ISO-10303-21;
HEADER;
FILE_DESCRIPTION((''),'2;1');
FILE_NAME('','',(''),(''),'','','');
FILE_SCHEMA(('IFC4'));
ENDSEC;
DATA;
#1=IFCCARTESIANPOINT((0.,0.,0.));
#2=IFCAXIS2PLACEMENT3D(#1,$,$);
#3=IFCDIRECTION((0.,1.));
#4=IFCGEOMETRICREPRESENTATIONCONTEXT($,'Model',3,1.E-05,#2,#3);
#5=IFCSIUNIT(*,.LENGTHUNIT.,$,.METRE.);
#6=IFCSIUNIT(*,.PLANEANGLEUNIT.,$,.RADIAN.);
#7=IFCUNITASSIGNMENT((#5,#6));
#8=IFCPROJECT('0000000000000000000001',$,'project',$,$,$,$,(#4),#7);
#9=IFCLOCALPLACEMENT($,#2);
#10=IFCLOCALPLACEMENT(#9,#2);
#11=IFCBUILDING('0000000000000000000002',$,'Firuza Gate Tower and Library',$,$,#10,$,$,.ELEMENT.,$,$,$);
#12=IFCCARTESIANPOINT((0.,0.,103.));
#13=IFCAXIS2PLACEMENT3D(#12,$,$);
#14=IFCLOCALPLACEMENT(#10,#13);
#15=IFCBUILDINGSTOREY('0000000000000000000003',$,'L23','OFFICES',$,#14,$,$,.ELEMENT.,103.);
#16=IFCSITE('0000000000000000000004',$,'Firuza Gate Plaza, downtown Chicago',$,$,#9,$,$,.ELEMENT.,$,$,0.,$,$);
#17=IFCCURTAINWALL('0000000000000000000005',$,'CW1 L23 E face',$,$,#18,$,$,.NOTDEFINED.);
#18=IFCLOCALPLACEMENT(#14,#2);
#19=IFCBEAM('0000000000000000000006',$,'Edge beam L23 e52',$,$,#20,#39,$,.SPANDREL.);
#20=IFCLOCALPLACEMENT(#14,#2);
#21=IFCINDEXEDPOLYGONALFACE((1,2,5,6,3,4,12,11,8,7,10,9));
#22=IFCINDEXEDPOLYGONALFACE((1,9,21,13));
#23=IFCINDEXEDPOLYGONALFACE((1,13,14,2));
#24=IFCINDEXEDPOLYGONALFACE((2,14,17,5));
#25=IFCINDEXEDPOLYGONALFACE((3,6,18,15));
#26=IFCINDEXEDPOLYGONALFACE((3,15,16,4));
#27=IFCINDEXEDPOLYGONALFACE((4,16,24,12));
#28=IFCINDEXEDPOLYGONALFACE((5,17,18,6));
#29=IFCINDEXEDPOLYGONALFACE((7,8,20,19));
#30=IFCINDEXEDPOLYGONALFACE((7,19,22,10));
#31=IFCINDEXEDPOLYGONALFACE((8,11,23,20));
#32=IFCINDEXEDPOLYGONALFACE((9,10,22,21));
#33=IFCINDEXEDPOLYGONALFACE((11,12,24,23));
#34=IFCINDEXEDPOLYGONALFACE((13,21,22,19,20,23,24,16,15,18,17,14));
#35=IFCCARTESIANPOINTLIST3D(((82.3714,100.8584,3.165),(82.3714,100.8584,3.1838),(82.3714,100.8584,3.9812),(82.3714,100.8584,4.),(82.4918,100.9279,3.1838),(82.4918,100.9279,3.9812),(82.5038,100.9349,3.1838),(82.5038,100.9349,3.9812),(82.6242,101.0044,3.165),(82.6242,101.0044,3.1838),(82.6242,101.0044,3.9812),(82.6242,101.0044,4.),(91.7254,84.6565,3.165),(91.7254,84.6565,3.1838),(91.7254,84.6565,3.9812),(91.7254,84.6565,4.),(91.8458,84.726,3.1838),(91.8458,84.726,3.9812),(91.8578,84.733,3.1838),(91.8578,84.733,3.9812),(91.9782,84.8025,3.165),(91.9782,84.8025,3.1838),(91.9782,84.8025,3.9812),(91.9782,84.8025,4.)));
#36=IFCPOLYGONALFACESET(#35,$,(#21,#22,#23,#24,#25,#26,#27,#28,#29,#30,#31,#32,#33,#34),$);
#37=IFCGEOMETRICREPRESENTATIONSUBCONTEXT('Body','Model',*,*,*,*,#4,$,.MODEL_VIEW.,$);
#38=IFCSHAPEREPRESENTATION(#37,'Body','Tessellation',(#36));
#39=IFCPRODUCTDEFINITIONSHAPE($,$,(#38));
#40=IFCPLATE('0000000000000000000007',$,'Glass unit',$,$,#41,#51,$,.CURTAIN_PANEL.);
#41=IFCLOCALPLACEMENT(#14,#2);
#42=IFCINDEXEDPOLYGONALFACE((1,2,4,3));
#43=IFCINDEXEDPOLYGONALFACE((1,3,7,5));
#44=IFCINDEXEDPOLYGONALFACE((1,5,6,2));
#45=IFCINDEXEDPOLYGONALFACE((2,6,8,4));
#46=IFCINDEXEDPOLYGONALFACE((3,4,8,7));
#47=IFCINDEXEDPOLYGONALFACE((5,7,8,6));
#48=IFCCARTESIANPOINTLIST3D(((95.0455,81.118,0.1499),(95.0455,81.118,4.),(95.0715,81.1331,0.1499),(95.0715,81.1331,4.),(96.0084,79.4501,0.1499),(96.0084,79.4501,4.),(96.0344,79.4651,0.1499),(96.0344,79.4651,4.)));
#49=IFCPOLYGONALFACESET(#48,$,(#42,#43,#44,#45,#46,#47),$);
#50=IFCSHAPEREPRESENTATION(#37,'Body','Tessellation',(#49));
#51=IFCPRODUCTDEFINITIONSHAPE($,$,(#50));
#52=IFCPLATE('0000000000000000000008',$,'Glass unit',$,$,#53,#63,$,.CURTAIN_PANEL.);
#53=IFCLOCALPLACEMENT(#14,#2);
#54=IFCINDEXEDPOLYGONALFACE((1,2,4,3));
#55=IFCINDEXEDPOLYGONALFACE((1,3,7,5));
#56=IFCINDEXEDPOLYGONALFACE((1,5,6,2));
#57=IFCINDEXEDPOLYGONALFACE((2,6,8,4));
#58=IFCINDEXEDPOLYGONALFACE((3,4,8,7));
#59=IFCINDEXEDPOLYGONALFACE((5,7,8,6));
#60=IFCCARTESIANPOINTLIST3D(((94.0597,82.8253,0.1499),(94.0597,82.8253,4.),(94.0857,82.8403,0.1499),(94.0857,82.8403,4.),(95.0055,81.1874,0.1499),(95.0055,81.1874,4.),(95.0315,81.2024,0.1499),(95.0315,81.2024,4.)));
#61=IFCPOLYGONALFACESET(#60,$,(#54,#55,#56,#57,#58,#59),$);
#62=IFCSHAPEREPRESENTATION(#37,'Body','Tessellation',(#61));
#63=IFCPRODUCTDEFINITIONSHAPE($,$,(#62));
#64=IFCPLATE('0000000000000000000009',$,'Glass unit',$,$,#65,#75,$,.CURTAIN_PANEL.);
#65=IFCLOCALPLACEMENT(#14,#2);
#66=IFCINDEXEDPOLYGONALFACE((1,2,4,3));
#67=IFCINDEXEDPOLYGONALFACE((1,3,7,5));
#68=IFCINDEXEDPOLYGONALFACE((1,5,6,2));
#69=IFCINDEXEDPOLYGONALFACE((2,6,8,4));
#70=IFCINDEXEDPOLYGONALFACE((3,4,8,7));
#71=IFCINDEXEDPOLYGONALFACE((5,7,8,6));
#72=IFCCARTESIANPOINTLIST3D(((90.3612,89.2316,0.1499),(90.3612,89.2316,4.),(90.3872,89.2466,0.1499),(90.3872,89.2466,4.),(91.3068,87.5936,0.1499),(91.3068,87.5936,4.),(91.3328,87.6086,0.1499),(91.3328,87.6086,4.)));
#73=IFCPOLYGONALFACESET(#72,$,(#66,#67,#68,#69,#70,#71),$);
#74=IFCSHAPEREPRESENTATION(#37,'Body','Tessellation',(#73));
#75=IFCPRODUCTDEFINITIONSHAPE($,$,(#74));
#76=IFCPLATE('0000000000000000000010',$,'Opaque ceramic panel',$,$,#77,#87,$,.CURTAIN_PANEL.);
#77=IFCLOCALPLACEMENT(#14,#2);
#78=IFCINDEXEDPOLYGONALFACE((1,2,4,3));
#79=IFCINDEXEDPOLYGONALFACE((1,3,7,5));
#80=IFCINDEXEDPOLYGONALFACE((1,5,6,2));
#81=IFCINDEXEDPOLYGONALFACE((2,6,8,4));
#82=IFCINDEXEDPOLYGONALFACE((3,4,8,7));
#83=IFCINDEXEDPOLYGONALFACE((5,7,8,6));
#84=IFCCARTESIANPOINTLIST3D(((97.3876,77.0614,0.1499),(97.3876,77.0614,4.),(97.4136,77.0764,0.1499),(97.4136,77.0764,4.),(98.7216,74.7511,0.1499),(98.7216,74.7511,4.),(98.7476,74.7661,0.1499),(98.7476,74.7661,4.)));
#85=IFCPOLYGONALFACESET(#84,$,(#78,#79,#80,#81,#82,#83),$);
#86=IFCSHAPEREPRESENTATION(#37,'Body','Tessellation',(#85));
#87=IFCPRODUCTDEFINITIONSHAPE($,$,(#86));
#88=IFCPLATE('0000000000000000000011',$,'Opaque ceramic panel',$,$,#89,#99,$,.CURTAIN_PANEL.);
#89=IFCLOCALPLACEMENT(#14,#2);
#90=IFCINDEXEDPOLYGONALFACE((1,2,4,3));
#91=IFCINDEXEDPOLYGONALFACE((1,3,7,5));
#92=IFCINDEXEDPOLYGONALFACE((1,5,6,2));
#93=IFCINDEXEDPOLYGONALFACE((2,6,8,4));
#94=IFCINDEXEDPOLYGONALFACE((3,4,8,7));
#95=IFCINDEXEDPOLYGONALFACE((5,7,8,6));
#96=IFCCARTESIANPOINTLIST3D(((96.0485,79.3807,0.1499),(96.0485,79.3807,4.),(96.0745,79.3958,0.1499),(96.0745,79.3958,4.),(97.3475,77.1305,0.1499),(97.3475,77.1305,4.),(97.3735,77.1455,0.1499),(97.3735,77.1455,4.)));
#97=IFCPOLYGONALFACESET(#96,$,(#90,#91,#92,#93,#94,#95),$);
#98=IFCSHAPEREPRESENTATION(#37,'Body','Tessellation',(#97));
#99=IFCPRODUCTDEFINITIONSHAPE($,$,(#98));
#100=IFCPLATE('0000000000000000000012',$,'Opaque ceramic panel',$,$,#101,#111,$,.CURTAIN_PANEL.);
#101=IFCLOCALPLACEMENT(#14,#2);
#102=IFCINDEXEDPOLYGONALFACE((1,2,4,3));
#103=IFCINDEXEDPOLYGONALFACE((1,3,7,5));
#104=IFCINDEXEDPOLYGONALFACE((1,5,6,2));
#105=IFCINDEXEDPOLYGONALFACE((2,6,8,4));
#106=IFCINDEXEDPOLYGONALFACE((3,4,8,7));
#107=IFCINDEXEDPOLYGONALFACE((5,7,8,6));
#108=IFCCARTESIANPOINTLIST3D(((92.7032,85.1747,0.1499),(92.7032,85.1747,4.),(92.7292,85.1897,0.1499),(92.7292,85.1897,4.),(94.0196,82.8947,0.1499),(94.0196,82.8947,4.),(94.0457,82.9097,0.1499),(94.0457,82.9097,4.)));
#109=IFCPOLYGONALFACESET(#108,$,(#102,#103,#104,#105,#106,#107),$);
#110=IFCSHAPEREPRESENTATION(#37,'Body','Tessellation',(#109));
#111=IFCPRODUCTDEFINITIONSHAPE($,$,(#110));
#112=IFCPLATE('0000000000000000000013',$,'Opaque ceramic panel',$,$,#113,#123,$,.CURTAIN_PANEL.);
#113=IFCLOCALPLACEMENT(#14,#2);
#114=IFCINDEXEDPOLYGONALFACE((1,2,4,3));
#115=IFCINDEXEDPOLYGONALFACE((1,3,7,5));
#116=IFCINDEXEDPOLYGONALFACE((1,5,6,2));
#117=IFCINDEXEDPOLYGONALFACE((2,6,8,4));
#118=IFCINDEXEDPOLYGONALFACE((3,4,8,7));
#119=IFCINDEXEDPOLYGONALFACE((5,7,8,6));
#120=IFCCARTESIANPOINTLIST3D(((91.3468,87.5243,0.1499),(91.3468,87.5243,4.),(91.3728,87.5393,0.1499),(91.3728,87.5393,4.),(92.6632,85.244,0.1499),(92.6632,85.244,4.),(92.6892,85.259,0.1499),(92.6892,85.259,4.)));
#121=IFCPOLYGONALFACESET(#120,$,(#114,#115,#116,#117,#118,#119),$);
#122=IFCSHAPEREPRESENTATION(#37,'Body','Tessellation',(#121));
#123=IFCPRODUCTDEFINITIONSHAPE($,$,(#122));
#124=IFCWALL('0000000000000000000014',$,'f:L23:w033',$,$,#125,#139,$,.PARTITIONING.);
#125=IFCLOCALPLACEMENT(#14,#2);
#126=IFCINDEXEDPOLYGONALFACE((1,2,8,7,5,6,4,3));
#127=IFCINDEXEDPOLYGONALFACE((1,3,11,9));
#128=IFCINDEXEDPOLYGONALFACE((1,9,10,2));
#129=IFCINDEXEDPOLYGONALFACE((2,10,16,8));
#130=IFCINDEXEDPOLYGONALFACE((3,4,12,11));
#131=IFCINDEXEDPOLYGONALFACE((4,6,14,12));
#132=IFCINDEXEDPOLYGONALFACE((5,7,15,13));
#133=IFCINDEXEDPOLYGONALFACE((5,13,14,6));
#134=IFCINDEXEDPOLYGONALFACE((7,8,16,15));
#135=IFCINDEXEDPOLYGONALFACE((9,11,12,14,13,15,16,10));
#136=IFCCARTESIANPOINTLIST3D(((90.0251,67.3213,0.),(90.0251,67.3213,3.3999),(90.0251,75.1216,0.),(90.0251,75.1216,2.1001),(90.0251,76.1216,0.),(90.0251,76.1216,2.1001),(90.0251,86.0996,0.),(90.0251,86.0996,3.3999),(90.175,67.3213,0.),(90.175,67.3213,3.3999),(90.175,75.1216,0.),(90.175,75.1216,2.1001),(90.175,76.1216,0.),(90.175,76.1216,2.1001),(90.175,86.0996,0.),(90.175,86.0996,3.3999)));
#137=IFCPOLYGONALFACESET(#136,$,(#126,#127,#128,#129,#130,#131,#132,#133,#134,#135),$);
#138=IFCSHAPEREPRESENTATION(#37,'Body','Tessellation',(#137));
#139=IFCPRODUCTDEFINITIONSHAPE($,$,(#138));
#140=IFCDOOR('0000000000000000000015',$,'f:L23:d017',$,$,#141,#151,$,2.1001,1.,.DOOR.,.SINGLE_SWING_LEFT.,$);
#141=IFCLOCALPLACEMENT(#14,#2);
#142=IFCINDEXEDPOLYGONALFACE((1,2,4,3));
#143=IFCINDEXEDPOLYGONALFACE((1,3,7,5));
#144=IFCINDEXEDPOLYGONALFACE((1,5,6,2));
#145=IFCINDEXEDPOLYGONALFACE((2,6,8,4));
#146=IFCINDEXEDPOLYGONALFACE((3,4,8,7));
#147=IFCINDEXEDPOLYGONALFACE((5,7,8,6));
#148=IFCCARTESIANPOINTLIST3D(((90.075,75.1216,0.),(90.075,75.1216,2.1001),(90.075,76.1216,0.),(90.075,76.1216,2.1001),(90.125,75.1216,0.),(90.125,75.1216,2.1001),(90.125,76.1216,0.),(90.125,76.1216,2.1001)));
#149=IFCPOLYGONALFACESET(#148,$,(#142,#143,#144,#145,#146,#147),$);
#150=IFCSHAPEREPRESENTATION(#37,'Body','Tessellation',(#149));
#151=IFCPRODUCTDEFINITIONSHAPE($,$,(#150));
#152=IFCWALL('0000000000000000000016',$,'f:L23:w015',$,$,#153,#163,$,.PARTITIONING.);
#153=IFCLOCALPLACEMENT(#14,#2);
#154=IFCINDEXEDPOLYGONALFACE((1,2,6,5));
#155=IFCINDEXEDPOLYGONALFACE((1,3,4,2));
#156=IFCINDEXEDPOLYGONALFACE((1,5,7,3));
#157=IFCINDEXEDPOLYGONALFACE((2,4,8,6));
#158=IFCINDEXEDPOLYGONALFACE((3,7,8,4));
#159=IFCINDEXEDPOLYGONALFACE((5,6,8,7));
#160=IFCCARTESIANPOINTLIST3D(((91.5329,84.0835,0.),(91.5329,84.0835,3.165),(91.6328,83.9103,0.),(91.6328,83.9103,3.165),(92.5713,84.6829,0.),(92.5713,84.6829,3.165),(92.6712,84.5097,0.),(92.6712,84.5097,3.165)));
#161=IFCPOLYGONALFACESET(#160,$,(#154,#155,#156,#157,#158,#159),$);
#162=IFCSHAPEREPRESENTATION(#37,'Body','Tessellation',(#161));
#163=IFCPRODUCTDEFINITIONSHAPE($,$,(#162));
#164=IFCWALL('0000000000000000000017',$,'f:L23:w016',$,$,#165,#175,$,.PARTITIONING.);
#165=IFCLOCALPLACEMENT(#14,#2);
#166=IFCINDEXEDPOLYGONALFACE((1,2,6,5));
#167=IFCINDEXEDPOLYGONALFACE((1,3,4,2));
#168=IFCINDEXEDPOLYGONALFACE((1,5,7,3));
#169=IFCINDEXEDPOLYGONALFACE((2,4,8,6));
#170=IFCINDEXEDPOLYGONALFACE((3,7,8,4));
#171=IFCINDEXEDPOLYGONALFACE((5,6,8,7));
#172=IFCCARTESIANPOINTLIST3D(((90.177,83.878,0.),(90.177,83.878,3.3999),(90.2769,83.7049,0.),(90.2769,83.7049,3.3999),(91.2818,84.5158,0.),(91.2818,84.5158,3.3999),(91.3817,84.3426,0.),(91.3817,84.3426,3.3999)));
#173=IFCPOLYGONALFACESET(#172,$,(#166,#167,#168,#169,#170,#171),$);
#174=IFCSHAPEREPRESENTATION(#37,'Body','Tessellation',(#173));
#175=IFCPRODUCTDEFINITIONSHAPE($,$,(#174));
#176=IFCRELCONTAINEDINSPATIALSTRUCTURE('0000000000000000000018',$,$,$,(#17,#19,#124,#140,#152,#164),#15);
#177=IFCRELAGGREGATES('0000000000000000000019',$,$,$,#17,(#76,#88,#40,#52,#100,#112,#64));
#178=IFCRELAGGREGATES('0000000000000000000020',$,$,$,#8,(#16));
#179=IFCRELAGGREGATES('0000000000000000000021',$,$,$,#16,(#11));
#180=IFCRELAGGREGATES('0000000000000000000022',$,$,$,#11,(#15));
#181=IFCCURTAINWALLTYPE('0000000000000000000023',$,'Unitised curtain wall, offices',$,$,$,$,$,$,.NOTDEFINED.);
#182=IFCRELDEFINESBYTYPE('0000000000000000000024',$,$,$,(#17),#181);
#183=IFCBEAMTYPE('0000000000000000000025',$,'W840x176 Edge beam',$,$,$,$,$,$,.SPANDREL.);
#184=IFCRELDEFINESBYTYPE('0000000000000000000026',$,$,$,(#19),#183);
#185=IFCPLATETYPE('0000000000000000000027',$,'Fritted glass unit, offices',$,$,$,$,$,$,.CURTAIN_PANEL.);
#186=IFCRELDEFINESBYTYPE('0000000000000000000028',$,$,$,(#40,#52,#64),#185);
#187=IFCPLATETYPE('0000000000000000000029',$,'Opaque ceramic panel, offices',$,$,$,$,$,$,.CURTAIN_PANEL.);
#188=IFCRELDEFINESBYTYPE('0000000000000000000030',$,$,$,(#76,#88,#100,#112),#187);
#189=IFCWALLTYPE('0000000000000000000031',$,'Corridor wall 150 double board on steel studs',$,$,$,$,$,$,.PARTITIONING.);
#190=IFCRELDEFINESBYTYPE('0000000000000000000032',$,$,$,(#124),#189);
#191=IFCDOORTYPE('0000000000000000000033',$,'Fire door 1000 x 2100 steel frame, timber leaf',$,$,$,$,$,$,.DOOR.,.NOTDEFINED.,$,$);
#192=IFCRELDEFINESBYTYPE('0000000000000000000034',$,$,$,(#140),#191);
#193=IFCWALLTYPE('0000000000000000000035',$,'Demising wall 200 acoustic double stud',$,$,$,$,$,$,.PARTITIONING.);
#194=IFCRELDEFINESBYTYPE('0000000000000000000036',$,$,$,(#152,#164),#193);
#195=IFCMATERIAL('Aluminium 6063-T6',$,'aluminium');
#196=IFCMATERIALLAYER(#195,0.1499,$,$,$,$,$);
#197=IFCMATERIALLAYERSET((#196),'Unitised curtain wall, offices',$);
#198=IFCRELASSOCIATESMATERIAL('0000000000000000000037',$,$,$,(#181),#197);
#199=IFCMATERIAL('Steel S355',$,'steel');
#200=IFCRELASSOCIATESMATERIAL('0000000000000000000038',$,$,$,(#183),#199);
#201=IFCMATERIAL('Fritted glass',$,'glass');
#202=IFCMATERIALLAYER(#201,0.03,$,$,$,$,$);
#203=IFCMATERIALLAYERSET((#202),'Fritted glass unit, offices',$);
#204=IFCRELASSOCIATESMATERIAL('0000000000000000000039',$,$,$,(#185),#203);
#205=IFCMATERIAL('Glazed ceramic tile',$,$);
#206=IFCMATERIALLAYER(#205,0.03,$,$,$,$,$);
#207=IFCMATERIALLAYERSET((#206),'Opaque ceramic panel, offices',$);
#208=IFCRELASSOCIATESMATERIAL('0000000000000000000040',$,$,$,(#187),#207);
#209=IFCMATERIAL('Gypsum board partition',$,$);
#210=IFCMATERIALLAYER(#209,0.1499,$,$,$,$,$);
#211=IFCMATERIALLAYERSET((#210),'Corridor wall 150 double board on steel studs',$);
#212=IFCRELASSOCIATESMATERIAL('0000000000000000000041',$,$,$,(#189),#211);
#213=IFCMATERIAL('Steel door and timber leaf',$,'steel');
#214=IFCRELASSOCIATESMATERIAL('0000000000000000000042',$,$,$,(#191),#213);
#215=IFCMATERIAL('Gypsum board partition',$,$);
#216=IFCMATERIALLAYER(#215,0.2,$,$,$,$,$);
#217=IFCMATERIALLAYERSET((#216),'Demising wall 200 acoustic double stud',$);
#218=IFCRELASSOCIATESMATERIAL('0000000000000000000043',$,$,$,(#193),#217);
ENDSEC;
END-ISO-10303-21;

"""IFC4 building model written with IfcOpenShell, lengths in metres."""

from ifc_helpers import new_model, si_unit, direction, frame, frame_2d, origin, origin_2d, place, context, subcontext, project, spatial, polyline, rectangle, i_section, outline, extrude, material, layer, layer_set, material_profile, profile_set, type_object, element, fill, aggregate, save


model = new_model("IFC4")

# Units and contexts
model_context = context("Model", 3, precision=1e-05, world=origin(), true_north=direction((0.0, 1.0)))
body_context = subcontext(model_context, "Body", "Model", "MODEL_VIEW")
ifc_project = project(units=[si_unit("LENGTHUNIT", "METRE"), si_unit("PLANEANGLEUNIT", "RADIAN")], contexts=[model_context])

# Site, building, storey
site_placement = place(None, origin())
site = spatial("IfcSite", under=ifc_project, at=site_placement, Name="Firuza Gate Plaza, downtown Chicago", CompositionType="ELEMENT", RefElevation=0.0)
building_placement = place(site_placement, origin())
building = spatial("IfcBuilding", under=site, at=building_placement, Name="Firuza Gate Tower and Library", CompositionType="ELEMENT")
storey_placement = place(building_placement, frame((0.0, 0.0, 103.0)))
storey = spatial("IfcBuildingStorey", under=building, at=storey_placement, Name="L23", Description="OFFICES", CompositionType="ELEMENT", Elevation=103.0)

# Curtain wall
ifc_material_1 = material(Name="Aluminium 6063-T6", Category="aluminium")
ifc_layer_1 = layer(ifc_material_1, 0.1499)
ifc_layer_set_1 = layer_set([ifc_layer_1], Name="Unitised curtain wall, offices")
curtain_wall_type = type_object("IfcCurtainWallType", Name="Unitised curtain wall, offices", PredefinedType="NOTDEFINED", material=ifc_layer_set_1)
curtain_wall_placement = place(storey_placement, origin())
curtain_wall = element("IfcCurtainWall", 1, at=curtain_wall_placement, inside=storey, type_object=curtain_wall_type, Name="CW1 L23 E face", PredefinedType="NOTDEFINED")

# Beam
ifc_material_2 = material(Name="Steel S355", Category="steel")
ifc_material_profile_1 = material_profile(ifc_material_2, i_section(OverallWidth=0.292, OverallDepth=0.835, WebThickness=0.0139, FlangeThickness=0.0188, at=origin_2d()))
ifc_profile_set_1 = profile_set([ifc_material_profile_1], Name="Steel S355")
beam_type_1 = type_object("IfcBeamType", Name="W840x176 Edge beam", PredefinedType="SPANDREL", material=ifc_profile_set_1)
beam_1_placement = place(storey_placement, frame((91.8518, 84.7295, 3.5825), z_axis=(-0.499993, 0.866029, 0.0), x_axis=(-0.866029, -0.499993, 0.0)))
element("IfcBeam", 2, at=beam_1_placement, inside=storey, type_object=beam_type_1, Name="Edge beam L23 e52", PredefinedType="SPANDREL", context=body_context, shape_type="SweptSolid", body=[
    extrude(i_section(OverallWidth=0.292, OverallDepth=0.835, WebThickness=0.0139, FlangeThickness=0.0188, at=origin_2d()), origin(), (0.0, 0.0, 1.0), 18.7083),
])

# Plates
ifc_material_3 = material(Name="Fritted glass", Category="glass")
ifc_layer_2 = layer(ifc_material_3, 0.03)
ifc_layer_set_2 = layer_set([ifc_layer_2], Name="Fritted glass unit, offices")
plate_type_1 = type_object("IfcPlateType", Name="Fritted glass unit, offices", PredefinedType="CURTAIN_PANEL", material=ifc_layer_set_2)
plate_1_placement = place(storey_placement, frame((96.0344, 79.4651, 0.1499), z_axis=(0.86605, 0.499957, 0.0), x_axis=(-0.499957, 0.86605, 0.0)))
plate_1 = element("IfcPlate", 3, at=plate_1_placement, type_object=plate_type_1, Name="Glass unit", PredefinedType="CURTAIN_PANEL", context=body_context, shape_type="SweptSolid", body=[
    extrude(outline(polyline([(0.0, 0.0), (1.9259, 0.0), (1.9259, 3.8501), (0.0, 3.8501), (0.0, 0.0)])), origin(), (0.0, 0.0, -1.0), 0.03),
])
plate_2_placement = place(storey_placement, frame((95.0315, 81.2024, 0.1499), z_axis=(0.865994, 0.500054, 0.0), x_axis=(-0.500054, 0.865994, 0.0)))
plate_2 = element("IfcPlate", 4, at=plate_2_placement, type_object=plate_type_1, Name="Glass unit", PredefinedType="CURTAIN_PANEL", context=body_context, shape_type="SweptSolid", body=[
    extrude(outline(polyline([(0.0, 0.0), (1.8914, 0.0), (1.8914, 3.8501), (0.0, 3.8501), (0.0, 0.0)])), origin(), (0.0, 0.0, -1.0), 0.03),
])
plate_3_placement = place(storey_placement, frame((91.3328, 87.6086, 0.1499), z_axis=(0.86605, 0.499957, 0.0), x_axis=(-0.499957, 0.86605, 0.0)))
plate_3 = element("IfcPlate", 5, at=plate_3_placement, type_object=plate_type_1, Name="Glass unit", PredefinedType="CURTAIN_PANEL", context=body_context, shape_type="SweptSolid", body=[
    extrude(outline(polyline([(0.0, 0.0), (1.8913, 0.0), (1.8913, 3.8501), (0.0, 3.8501), (0.0, 0.0)])), origin(), (0.0, 0.0, -1.0), 0.03),
])
ifc_material_4 = material(Name="Glazed ceramic tile")
ifc_layer_3 = layer(ifc_material_4, 0.03)
ifc_layer_set_3 = layer_set([ifc_layer_3], Name="Opaque ceramic panel, offices")
plate_type_2 = type_object("IfcPlateType", Name="Opaque ceramic panel, offices", PredefinedType="CURTAIN_PANEL", material=ifc_layer_set_3)
plate_4_placement = place(storey_placement, frame((98.7476, 74.7661, 0.1499), z_axis=(0.866004, 0.500037, 0.0), x_axis=(-0.500037, 0.866004, 0.0)))
plate_4 = element("IfcPlate", 6, at=plate_4_placement, type_object=plate_type_2, Name="Opaque ceramic panel", PredefinedType="CURTAIN_PANEL", context=body_context, shape_type="SweptSolid", body=[
    extrude(outline(polyline([(0.0, 0.0), (2.6678, 0.0), (2.6678, 3.8501), (0.0, 3.8501), (0.0, 0.0)])), origin(), (0.0, 0.0, -1.0), 0.03),
])
plate_5_placement = place(storey_placement, frame((97.3735, 77.1455, 0.1499), z_axis=(0.866043, 0.499969, 0.0), x_axis=(-0.499969, 0.866043, 0.0)))
plate_5 = element("IfcPlate", 7, at=plate_5_placement, type_object=plate_type_2, Name="Opaque ceramic panel", PredefinedType="CURTAIN_PANEL", context=body_context, shape_type="SweptSolid", body=[
    extrude(outline(polyline([(0.0, 0.0), (2.5983, 0.0), (2.5983, 3.8501), (0.0, 3.8501), (0.0, 0.0)])), origin(), (0.0, 0.0, -1.0), 0.03),
])
plate_6_placement = place(storey_placement, frame((94.0457, 82.9097, 0.1499), z_axis=(0.86602, 0.500009, 0.0), x_axis=(-0.500009, 0.86602, 0.0)))
plate_6 = element("IfcPlate", 8, at=plate_6_placement, type_object=plate_type_2, Name="Opaque ceramic panel", PredefinedType="CURTAIN_PANEL", context=body_context, shape_type="SweptSolid", body=[
    extrude(outline(polyline([(0.0, 0.0), (2.6328, 0.0), (2.6328, 3.8501), (0.0, 3.8501), (0.0, 0.0)])), origin(), (0.0, 0.0, -1.0), 0.03),
])
plate_7_placement = place(storey_placement, frame((92.6892, 85.259, 0.1499), z_axis=(0.866044, 0.499969, 0.0), x_axis=(-0.499969, 0.866044, 0.0)))
plate_7 = element("IfcPlate", 9, at=plate_7_placement, type_object=plate_type_2, Name="Opaque ceramic panel", PredefinedType="CURTAIN_PANEL", context=body_context, shape_type="SweptSolid", body=[
    extrude(outline(polyline([(0.0, 0.0), (2.633, 0.0), (2.633, 3.8501), (0.0, 3.8501), (0.0, 0.0)])), origin(), (0.0, 0.0, -1.0), 0.03),
])
aggregate(curtain_wall, [plate_4, plate_5, plate_1, plate_2, plate_6, plate_7, plate_3])

# Wall, opening, door
ifc_material_5 = material(Name="Gypsum board partition")
ifc_layer_4 = layer(ifc_material_5, 0.1499)
ifc_layer_set_4 = layer_set([ifc_layer_4], Name="Corridor wall 150 double board on steel studs")
wall_type_1 = type_object("IfcWallType", Name="Corridor wall 150 double board on steel studs", PredefinedType="PARTITIONING", material=ifc_layer_set_4)
wall_1_placement = place(storey_placement, frame((90.1001, 86.0996, 0.0), z_axis=(0.0, 0.0, 1.0), x_axis=(0.0, -1.0, 0.0)))
wall_1 = element("IfcWall", 10, at=wall_1_placement, inside=storey, type_object=wall_type_1, Name="f:L23:w033", PredefinedType="PARTITIONING", context=body_context, shape_type="SweptSolid", body=[
    extrude(rectangle(XDim=18.7783, YDim=0.1499, at=frame_2d((9.3892, 0.0))), origin(), (0.0, 0.0, 1.0), 3.3999),
])
opening_placement = place(wall_1_placement, frame((9.978, 0.0, 0.0)))
opening = element("IfcOpeningElement", 11, at=opening_placement, cuts=wall_1, PredefinedType="OPENING", context=body_context, shape_type="SweptSolid", body=[
    extrude(rectangle(XDim=1.0, YDim=2.1001, at=frame_2d((0.5, 1.05))), frame((0.0, 0.085, 0.0), z_axis=(0.0, -1.0, 0.0), x_axis=(1.0, 0.0, 0.0)), (0.0, 0.0, 1.0), 0.1699),
])
ifc_material_6 = material(Name="Steel door and timber leaf", Category="steel")
door_type = type_object("IfcDoorType", Name="Fire door 1000 x 2100 steel frame, timber leaf", OperationType="NOTDEFINED", PredefinedType="DOOR", material=ifc_material_6)
door_placement = place(opening_placement, origin())
door = element("IfcDoor", 12, at=door_placement, inside=storey, type_object=door_type, Name="f:L23:d017", OperationType="SINGLE_SWING_LEFT", OverallHeight=2.1001, OverallWidth=1.0, PredefinedType="DOOR", context=body_context, shape_type="SweptSolid", body=[
    extrude(rectangle(XDim=1.0, YDim=2.1001, at=frame_2d((0.5, 1.05))), frame((0.0, 0.0249, 0.0), z_axis=(0.0, -1.0, 0.0), x_axis=(1.0, 0.0, 0.0)), (0.0, 0.0, 1.0), 0.05),
])
fill(opening, door)

# Walls
ifc_material_7 = material(Name="Gypsum board partition")
ifc_layer_5 = layer(ifc_material_7, 0.2)
ifc_layer_set_5 = layer_set([ifc_layer_5], Name="Demising wall 200 acoustic double stud")
wall_type_2 = type_object("IfcWallType", Name="Demising wall 200 acoustic double stud", PredefinedType="PARTITIONING", material=ifc_layer_set_5)
wall_2_placement = place(storey_placement, frame((91.5828, 83.9968, 0.0), z_axis=(0.0, 0.0, 1.0), x_axis=(0.866067, 0.499928, 0.0)))
element("IfcWall", 13, at=wall_2_placement, inside=storey, type_object=wall_type_2, Name="f:L23:w015", PredefinedType="PARTITIONING", context=body_context, shape_type="SweptSolid", body=[
    extrude(rectangle(XDim=1.199, YDim=0.2, at=frame_2d((0.5996, 0.0))), origin(), (0.0, 0.0, 1.0), 3.165),
])
wall_3_placement = place(storey_placement, frame((90.2271, 83.7915, 0.0), z_axis=(0.0, 0.0, 1.0), x_axis=(0.866068, 0.499927, 0.0)))
element("IfcWall", 14, at=wall_3_placement, inside=storey, type_object=wall_type_2, Name="f:L23:w016", PredefinedType="PARTITIONING", context=body_context, shape_type="SweptSolid", body=[
    extrude(rectangle(XDim=1.2756, YDim=0.2, at=frame_2d((0.6377, 0.0))), origin(), (0.0, 0.0, 1.0), 3.3999),
])

save(model, "model.ifc")
